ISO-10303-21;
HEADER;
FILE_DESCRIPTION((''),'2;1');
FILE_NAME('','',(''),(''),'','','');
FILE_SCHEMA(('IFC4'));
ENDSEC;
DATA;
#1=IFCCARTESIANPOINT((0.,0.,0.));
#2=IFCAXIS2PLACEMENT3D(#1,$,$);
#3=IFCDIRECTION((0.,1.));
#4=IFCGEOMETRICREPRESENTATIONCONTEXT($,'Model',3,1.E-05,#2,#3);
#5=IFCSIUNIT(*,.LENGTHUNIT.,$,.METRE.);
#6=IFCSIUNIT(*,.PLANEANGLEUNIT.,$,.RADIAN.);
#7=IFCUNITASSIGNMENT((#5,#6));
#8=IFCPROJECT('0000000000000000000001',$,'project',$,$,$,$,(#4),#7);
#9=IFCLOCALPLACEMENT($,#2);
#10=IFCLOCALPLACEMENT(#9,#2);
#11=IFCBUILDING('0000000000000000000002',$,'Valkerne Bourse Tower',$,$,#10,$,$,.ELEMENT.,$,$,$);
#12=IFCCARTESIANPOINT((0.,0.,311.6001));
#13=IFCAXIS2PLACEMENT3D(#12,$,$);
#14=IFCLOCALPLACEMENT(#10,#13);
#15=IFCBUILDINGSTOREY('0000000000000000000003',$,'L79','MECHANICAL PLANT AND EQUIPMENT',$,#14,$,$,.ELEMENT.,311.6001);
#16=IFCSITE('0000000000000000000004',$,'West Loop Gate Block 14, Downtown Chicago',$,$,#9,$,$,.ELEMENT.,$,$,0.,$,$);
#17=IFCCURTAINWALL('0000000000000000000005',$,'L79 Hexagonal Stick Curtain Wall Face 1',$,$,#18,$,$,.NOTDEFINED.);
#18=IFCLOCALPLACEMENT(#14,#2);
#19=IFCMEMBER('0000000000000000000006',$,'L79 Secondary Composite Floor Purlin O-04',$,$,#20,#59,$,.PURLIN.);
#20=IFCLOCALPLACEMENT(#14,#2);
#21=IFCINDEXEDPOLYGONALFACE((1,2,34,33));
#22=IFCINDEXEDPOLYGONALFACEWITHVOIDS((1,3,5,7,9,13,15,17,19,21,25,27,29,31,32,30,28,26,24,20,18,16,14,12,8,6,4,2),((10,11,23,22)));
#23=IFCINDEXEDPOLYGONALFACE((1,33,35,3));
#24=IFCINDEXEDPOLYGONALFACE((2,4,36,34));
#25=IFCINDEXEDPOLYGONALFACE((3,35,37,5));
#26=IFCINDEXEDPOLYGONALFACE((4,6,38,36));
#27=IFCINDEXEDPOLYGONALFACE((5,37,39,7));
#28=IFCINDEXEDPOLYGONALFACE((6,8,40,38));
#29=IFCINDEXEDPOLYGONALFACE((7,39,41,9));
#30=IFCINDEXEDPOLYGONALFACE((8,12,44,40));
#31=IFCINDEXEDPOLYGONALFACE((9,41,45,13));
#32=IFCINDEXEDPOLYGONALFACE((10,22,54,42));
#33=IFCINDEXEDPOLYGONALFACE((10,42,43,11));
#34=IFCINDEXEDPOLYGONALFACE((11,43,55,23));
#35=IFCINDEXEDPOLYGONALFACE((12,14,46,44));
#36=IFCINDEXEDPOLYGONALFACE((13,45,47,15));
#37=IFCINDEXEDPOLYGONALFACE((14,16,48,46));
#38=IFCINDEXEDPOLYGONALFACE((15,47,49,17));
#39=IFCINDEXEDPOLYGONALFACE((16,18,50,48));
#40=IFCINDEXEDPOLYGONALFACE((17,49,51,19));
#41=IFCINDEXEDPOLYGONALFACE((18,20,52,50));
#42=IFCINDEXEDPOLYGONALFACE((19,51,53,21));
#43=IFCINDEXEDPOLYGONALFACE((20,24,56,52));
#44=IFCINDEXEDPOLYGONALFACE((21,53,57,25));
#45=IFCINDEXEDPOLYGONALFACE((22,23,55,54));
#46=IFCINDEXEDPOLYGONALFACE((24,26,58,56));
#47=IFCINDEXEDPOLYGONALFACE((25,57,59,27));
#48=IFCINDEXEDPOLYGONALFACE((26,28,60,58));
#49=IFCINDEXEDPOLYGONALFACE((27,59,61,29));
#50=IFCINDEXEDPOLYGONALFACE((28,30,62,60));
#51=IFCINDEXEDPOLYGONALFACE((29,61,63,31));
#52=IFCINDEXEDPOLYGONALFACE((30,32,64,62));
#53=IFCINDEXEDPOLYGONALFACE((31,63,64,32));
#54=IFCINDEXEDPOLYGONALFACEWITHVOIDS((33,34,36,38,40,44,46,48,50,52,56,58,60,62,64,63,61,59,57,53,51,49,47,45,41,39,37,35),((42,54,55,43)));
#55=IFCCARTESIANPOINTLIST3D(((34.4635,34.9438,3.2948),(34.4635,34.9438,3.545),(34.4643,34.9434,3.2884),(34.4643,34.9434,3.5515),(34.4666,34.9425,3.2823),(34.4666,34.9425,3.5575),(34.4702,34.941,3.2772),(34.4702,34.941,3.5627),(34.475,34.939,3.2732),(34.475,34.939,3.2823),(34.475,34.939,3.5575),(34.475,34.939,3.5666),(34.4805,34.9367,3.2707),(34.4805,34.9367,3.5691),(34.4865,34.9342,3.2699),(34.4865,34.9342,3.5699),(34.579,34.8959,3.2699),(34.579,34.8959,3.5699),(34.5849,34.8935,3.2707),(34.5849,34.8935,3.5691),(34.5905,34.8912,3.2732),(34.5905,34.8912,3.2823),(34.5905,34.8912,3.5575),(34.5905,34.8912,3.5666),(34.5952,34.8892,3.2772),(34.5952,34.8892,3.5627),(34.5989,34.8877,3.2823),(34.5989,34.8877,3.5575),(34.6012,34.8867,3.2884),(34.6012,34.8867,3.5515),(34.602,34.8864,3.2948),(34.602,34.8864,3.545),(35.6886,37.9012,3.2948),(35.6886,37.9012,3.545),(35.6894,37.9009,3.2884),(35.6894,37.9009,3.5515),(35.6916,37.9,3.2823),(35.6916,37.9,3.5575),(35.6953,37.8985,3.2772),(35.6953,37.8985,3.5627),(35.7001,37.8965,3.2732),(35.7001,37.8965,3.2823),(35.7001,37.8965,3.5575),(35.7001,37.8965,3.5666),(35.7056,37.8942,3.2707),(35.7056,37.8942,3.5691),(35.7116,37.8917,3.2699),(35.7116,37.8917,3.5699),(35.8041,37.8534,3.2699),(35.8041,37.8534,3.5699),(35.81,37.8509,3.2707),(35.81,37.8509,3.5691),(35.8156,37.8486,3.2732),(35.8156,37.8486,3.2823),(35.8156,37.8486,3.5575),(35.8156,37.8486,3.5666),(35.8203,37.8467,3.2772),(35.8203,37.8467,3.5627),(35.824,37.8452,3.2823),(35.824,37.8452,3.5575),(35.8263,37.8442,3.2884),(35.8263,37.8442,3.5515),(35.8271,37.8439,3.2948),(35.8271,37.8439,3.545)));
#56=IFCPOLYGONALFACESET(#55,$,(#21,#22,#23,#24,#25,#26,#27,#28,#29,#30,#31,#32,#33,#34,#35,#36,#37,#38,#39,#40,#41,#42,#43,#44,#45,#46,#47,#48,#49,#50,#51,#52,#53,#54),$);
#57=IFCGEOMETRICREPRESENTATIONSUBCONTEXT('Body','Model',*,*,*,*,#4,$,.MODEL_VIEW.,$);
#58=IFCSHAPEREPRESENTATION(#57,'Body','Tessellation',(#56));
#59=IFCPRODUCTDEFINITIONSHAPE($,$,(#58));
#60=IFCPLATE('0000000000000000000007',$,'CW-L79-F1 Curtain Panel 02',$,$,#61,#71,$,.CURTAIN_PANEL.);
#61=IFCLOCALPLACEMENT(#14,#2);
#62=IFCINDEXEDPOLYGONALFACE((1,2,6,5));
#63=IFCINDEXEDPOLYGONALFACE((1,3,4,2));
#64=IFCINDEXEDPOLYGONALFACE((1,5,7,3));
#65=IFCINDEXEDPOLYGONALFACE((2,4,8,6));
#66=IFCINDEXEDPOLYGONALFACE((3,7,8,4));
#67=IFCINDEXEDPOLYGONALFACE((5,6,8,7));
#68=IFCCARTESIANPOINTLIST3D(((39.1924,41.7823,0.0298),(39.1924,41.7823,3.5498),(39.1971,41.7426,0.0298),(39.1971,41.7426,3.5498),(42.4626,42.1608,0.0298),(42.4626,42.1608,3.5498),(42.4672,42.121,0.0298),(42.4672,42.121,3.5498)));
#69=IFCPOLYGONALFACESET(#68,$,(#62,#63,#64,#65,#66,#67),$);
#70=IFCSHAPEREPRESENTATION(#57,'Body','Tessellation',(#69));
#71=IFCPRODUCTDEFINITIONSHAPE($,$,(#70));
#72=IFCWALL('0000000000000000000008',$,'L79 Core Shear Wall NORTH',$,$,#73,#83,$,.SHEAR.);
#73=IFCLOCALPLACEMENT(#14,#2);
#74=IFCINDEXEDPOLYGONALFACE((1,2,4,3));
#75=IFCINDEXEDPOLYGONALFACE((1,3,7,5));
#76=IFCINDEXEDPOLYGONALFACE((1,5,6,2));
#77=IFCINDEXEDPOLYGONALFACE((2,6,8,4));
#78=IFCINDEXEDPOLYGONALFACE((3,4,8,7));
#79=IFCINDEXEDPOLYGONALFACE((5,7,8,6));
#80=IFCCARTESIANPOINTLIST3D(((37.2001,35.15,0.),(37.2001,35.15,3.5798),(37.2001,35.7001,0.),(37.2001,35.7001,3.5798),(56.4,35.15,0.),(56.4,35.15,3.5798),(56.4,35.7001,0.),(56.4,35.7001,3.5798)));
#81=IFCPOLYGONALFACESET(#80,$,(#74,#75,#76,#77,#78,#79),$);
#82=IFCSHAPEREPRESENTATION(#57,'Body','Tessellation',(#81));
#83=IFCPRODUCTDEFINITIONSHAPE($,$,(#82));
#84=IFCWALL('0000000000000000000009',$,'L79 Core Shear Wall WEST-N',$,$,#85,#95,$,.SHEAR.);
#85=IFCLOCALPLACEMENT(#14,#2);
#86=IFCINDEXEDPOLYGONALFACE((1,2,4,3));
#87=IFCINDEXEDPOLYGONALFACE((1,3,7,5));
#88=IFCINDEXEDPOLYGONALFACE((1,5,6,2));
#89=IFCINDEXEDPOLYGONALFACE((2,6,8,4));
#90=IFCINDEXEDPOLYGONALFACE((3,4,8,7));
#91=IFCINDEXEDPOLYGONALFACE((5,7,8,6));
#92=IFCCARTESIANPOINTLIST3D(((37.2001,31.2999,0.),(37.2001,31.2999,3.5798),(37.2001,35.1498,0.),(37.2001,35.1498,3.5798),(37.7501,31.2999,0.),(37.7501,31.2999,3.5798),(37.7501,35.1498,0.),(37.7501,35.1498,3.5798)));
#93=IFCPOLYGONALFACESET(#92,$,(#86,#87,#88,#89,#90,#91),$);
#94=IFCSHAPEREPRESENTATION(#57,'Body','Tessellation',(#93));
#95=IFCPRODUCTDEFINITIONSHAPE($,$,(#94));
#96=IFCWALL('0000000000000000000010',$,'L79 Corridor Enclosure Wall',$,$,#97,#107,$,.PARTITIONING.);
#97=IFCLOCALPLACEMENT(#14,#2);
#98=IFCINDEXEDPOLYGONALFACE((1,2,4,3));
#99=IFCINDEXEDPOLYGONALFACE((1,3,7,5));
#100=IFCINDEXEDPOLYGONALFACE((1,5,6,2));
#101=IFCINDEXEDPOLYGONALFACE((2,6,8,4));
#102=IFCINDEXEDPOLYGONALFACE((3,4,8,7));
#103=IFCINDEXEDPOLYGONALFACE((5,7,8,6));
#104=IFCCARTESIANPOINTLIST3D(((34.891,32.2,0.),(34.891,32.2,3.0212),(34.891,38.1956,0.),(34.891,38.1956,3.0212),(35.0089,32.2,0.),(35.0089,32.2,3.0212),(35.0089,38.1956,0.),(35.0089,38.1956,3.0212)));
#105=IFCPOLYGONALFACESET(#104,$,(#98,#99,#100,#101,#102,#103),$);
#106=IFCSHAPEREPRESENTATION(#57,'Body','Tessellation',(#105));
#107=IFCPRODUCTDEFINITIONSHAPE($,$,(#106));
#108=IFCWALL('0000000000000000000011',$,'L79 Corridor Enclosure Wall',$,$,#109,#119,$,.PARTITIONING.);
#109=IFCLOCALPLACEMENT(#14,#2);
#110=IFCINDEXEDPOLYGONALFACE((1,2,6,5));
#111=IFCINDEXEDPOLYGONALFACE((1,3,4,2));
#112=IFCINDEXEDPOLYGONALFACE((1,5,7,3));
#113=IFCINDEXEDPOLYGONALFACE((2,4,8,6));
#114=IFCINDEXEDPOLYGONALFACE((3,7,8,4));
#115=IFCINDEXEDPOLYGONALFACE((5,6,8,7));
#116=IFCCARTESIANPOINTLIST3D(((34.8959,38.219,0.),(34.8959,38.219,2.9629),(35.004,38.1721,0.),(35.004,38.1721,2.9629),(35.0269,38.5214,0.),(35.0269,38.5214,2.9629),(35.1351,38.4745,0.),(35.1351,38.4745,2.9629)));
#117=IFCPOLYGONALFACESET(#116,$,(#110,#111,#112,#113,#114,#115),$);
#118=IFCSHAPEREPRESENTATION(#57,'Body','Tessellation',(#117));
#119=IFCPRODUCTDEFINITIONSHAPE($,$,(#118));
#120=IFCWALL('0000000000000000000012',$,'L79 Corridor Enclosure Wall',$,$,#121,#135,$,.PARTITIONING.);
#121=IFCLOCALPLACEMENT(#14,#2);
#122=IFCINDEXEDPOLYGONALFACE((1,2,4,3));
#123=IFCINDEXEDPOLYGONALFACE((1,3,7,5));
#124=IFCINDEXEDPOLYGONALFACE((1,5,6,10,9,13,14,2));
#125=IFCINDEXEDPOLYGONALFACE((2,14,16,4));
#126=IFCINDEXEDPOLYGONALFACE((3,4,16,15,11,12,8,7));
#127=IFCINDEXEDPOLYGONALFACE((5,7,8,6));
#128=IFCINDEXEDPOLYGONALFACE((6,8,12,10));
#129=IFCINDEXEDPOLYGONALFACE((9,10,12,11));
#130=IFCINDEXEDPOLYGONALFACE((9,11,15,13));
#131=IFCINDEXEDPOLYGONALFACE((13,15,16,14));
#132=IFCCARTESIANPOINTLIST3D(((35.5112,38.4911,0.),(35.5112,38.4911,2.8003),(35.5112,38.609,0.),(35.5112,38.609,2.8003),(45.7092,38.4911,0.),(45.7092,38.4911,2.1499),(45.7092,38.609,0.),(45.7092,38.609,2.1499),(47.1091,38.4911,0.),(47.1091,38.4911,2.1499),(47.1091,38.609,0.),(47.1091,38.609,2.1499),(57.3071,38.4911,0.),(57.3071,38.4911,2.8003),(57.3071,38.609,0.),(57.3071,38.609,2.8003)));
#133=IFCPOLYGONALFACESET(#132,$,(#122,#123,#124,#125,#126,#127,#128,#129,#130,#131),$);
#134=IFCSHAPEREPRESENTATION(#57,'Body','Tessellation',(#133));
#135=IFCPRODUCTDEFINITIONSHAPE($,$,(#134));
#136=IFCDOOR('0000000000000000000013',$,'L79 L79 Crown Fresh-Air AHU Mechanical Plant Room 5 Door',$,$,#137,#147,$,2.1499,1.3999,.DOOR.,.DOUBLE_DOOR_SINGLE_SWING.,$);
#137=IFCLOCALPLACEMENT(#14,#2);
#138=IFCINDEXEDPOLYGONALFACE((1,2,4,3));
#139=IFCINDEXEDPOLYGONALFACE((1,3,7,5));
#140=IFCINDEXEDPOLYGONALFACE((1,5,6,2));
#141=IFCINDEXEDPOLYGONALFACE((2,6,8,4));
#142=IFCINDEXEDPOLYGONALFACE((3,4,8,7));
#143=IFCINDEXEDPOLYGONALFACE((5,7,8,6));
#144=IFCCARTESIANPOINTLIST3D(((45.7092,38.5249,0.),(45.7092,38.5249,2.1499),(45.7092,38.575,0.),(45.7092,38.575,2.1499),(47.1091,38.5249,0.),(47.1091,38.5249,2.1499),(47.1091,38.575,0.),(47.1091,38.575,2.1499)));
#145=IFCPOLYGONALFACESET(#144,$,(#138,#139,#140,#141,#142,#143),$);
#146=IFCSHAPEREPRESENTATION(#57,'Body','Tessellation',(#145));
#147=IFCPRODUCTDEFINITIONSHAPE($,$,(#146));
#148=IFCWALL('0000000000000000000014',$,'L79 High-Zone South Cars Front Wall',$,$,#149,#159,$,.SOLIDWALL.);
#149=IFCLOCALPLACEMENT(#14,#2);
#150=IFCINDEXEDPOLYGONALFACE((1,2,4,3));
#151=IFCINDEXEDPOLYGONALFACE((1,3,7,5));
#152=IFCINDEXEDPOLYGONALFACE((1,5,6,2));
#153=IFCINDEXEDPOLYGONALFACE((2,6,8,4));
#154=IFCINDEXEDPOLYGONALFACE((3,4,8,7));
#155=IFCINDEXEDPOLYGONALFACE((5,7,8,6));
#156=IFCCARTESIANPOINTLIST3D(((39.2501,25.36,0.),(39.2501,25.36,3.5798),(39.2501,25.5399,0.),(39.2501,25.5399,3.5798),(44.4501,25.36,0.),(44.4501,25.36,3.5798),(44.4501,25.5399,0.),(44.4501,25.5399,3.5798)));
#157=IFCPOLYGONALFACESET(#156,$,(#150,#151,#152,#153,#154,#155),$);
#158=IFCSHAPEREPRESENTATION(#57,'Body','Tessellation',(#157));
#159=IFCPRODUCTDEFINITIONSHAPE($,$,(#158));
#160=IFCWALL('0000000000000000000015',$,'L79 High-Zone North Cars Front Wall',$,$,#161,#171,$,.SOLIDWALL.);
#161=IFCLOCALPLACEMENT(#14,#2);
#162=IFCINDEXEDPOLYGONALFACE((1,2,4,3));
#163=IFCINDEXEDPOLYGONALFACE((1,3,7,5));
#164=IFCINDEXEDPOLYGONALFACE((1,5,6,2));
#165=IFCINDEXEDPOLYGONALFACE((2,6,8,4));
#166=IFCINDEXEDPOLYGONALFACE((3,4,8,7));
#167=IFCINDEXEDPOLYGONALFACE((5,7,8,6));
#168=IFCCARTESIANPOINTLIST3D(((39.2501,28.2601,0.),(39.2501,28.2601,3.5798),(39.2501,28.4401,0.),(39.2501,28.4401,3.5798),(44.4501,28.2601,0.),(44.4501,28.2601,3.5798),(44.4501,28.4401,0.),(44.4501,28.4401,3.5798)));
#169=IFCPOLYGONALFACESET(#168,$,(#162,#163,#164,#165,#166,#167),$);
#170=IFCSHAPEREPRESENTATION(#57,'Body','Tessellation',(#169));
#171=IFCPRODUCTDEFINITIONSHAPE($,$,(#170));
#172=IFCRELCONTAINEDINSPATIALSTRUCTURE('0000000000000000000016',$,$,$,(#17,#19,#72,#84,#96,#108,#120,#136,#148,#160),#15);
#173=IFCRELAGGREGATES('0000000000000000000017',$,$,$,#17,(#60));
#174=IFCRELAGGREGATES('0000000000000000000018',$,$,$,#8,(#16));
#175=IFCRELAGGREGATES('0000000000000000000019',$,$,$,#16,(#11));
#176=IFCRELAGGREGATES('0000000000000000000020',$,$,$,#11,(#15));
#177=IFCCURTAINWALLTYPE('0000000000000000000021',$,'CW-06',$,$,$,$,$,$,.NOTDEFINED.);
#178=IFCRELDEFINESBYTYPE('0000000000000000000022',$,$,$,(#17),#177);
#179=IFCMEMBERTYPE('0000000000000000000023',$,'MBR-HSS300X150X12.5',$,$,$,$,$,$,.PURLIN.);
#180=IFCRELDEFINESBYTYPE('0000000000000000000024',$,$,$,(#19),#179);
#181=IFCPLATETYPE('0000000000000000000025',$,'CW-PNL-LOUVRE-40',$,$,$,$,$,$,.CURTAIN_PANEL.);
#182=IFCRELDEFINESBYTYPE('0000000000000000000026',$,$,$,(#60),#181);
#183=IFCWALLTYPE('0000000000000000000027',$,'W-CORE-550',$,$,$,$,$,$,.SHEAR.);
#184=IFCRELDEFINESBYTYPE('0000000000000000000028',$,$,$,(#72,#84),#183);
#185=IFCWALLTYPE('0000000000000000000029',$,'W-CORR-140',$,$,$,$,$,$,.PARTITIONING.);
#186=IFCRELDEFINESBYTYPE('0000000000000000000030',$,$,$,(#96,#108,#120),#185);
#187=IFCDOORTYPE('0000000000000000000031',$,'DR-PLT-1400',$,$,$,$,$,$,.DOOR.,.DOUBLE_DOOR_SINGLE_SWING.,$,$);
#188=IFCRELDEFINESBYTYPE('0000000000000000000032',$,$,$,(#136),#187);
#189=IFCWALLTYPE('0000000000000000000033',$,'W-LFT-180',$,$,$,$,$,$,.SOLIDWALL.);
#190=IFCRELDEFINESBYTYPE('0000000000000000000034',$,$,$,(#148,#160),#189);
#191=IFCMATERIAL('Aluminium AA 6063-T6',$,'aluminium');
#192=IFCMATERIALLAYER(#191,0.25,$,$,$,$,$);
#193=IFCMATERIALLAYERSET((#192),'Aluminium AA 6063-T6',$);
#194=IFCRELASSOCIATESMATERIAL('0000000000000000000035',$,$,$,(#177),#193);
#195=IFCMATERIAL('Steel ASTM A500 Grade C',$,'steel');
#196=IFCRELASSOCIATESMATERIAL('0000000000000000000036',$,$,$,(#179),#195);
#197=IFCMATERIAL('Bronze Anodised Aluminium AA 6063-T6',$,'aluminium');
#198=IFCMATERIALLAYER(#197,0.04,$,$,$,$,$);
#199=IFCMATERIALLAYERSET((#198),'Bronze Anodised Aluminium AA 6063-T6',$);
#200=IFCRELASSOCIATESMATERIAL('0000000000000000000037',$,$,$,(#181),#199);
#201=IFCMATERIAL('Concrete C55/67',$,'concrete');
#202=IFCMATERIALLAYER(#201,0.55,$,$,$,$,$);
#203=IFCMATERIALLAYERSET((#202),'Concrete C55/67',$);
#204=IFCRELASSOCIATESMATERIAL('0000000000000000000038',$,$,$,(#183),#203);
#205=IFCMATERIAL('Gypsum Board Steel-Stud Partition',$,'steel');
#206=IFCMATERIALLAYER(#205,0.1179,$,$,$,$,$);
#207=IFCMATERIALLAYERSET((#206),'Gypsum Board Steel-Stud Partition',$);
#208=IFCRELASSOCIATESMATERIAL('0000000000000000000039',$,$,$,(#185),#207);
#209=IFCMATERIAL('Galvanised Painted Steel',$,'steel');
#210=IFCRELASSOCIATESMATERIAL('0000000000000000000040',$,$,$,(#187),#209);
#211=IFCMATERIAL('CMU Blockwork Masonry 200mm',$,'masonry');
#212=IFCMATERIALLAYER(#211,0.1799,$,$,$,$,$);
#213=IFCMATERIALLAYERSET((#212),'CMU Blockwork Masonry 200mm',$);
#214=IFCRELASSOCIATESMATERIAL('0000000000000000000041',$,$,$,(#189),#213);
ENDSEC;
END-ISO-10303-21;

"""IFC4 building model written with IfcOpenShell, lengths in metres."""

from ifc_helpers import new_model, si_unit, direction, frame, frame_2d, origin, origin_2d, place, context, subcontext, project, spatial, rectangle, hollow_rectangle, extrude, material, layer, layer_set, material_profile, profile_set, type_object, element, fill, aggregate, save


model = new_model("IFC4")

# Units and contexts
model_context = context("Model", 3, precision=1e-05, world=origin(), true_north=direction((0.0, 1.0)))
body_context = subcontext(model_context, "Body", "Model", "MODEL_VIEW")
ifc_project = project(units=[si_unit("LENGTHUNIT", "METRE"), si_unit("PLANEANGLEUNIT", "RADIAN")], contexts=[model_context])

# Site, building, storey
site_placement = place(None, origin())
site = spatial("IfcSite", under=ifc_project, at=site_placement, Name="West Loop Gate Block 14, Downtown Chicago", CompositionType="ELEMENT", RefElevation=0.0)
building_placement = place(site_placement, origin())
building = spatial("IfcBuilding", under=site, at=building_placement, Name="Valkerne Bourse Tower", CompositionType="ELEMENT")
storey_placement = place(building_placement, frame((0.0, 0.0, 311.6001)))
storey = spatial("IfcBuildingStorey", under=building, at=storey_placement, Name="L79", Description="MECHANICAL PLANT AND EQUIPMENT", CompositionType="ELEMENT", Elevation=311.6001)

# Shared definitions
ifc_material_1 = material(Name="Steel ASTM A500 Grade C", Category="steel")

# Curtain wall
ifc_material_2 = material(Name="Aluminium AA 6063-T6", Category="aluminium")
ifc_layer_1 = layer(ifc_material_2, 0.25)
ifc_layer_set_1 = layer_set([ifc_layer_1], Name="Aluminium AA 6063-T6")
curtain_wall_type = type_object("IfcCurtainWallType", Name="CW-06", PredefinedType="NOTDEFINED", material=ifc_layer_set_1)
curtain_wall_1_placement = place(storey_placement, origin())
curtain_wall_1 = element("IfcCurtainWall", 1, at=curtain_wall_1_placement, inside=storey, type_object=curtain_wall_type, Name="L79 Hexagonal Stick Curtain Wall Face 1", PredefinedType="NOTDEFINED")

# Member
ifc_material_profile_1 = material_profile(ifc_material_1, hollow_rectangle(XDim=0.1499, YDim=0.3, WallThickness=0.0125, OuterFilletRadius=0.0249, at=origin_2d()), Name="HSS300X150X12.5")
ifc_profile_set_1 = profile_set([ifc_material_profile_1], Name="Steel ASTM A500 Grade C")
member_type_1 = type_object("IfcMemberType", Name="MBR-HSS300X150X12.5", PredefinedType="PURLIN", material=ifc_profile_set_1)
member_1_placement = place(storey_placement, frame((35.7578, 37.8726, 3.4199), z_axis=(-0.382698, -0.923874, 0.0), x_axis=(0.923874, -0.382698, 0.0)))
element("IfcMember", 2, at=member_1_placement, inside=storey, type_object=member_type_1, Name="L79 Secondary Composite Floor Purlin O-04", PredefinedType="PURLIN", context=body_context, shape_type="SweptSolid", body=[
    extrude(hollow_rectangle(XDim=0.1499, YDim=0.3, WallThickness=0.0125, OuterFilletRadius=0.0249, at=origin_2d()), origin(), (0.0, 0.0, 1.0), 3.2012),
])

# Plate
ifc_material_3 = material(Name="Bronze Anodised Aluminium AA 6063-T6", Category="aluminium")
ifc_layer_2 = layer(ifc_material_3, 0.04)
ifc_layer_set_2 = layer_set([ifc_layer_2], Name="Bronze Anodised Aluminium AA 6063-T6")
plate_type = type_object("IfcPlateType", Name="CW-PNL-LOUVRE-40", PredefinedType="CURTAIN_PANEL", material=ifc_layer_set_2)
plate_placement = place(storey_placement, frame((40.8298, 41.9517, 0.0298), z_axis=(0.0, 0.0, 1.0), x_axis=(-0.993371, -0.114957, 0.0)))
plate = element("IfcPlate", 3, at=plate_placement, type_object=plate_type, Name="CW-L79-F1 Curtain Panel 02", PredefinedType="CURTAIN_PANEL", context=body_context, shape_type="SweptSolid", body=[
    extrude(rectangle(XDim=3.292, YDim=0.04, at=origin_2d()), origin(), (0.0, 0.0, 1.0), 3.52),
])
aggregate(curtain_wall_1, [plate])

# Walls
ifc_material_4 = material(Name="Concrete C55/67", Category="concrete")
ifc_layer_3 = layer(ifc_material_4, 0.55)
ifc_layer_set_3 = layer_set([ifc_layer_3], Name="Concrete C55/67")
wall_type_1 = type_object("IfcWallType", Name="W-CORE-550", PredefinedType="SHEAR", material=ifc_layer_set_3)
wall_1_placement = place(storey_placement, frame((37.2, 35.425, 0.0), z_axis=(0.0, 0.0, 1.0), x_axis=(1.0, 0.0, 0.0)))
element("IfcWall", 4, at=wall_1_placement, inside=storey, type_object=wall_type_1, Name="L79 Core Shear Wall NORTH", PredefinedType="SHEAR", context=body_context, shape_type="SweptSolid", body=[
    extrude(rectangle(XDim=19.2, YDim=0.55, at=frame_2d((9.6001, 0.0))), origin(), (0.0, 0.0, 1.0), 3.5798),
])
wall_2_placement = place(storey_placement, frame((37.4751, 31.3, 0.0), z_axis=(0.0, 0.0, 1.0), x_axis=(0.0, 1.0, 0.0)))
element("IfcWall", 5, at=wall_2_placement, inside=storey, type_object=wall_type_1, Name="L79 Core Shear Wall WEST-N", PredefinedType="SHEAR", context=body_context, shape_type="SweptSolid", body=[
    extrude(rectangle(XDim=3.8499, YDim=0.55, at=frame_2d((1.9248, 0.0))), origin(), (0.0, 0.0, 1.0), 3.5798),
])
ifc_material_5 = material(Name="Gypsum Board Steel-Stud Partition", Category="steel")
ifc_layer_4 = layer(ifc_material_5, 0.1179)
ifc_layer_set_4 = layer_set([ifc_layer_4], Name="Gypsum Board Steel-Stud Partition")
wall_type_2 = type_object("IfcWallType", Name="W-CORR-140", PredefinedType="PARTITIONING", material=ifc_layer_set_4)
wall_3_placement = place(storey_placement, frame((34.95, 32.2, 0.0), z_axis=(0.0, 0.0, 1.0), x_axis=(0.0, 1.0, 0.0)))
element("IfcWall", 6, at=wall_3_placement, inside=storey, type_object=wall_type_2, Name="L79 Corridor Enclosure Wall", PredefinedType="PARTITIONING", context=body_context, shape_type="SweptSolid", body=[
    extrude(rectangle(XDim=5.9956, YDim=0.1179, at=frame_2d((2.9978, 0.0))), origin(), (0.0, 0.0, 1.0), 3.0212),
])
wall_4_placement = place(storey_placement, frame((34.95, 38.1956, 0.0), z_axis=(0.0, 0.0, 1.0), x_axis=(0.39767, 0.917529, 0.0)))
element("IfcWall", 7, at=wall_4_placement, inside=storey, type_object=wall_type_2, Name="L79 Corridor Enclosure Wall", PredefinedType="PARTITIONING", context=body_context, shape_type="SweptSolid", body=[
    extrude(rectangle(XDim=0.3296, YDim=0.1179, at=frame_2d((0.1648, 0.0))), origin(), (0.0, 0.0, 1.0), 2.9629),
])

# Wall, opening, door
wall_5_placement = place(storey_placement, frame((35.5112, 38.55, 0.0), z_axis=(0.0, 0.0, 1.0), x_axis=(1.0, 0.0, 0.0)))
wall_5 = element("IfcWall", 8, at=wall_5_placement, inside=storey, type_object=wall_type_2, Name="L79 Corridor Enclosure Wall", PredefinedType="PARTITIONING", context=body_context, shape_type="SweptSolid", body=[
    extrude(rectangle(XDim=21.7959, YDim=0.1179, at=frame_2d((10.8979, 0.0))), origin(), (0.0, 0.0, 1.0), 2.8003),
])
opening_placement = place(wall_5_placement, frame((10.198, 0.0, 0.0)))
opening = element("IfcOpeningElement", 9, at=opening_placement, cuts=wall_5, PredefinedType="OPENING", context=body_context, shape_type="SweptSolid", body=[
    extrude(rectangle(XDim=1.3999, YDim=2.1499, at=frame_2d((0.7, 1.075))), frame((0.0, 0.0688, 0.0), z_axis=(0.0, -1.0, 0.0), x_axis=(1.0, 0.0, 0.0)), (0.0, 0.0, 1.0), 0.1379),
])
ifc_material_6 = material(Name="Galvanised Painted Steel", Category="steel")
door_type = type_object("IfcDoorType", Name="DR-PLT-1400", OperationType="DOUBLE_DOOR_SINGLE_SWING", PredefinedType="DOOR", material=ifc_material_6)
door_placement = place(opening_placement, origin())
door = element("IfcDoor", 10, at=door_placement, inside=storey, type_object=door_type, Name="L79 L79 Crown Fresh-Air AHU Mechanical Plant Room 5 Door", OperationType="DOUBLE_DOOR_SINGLE_SWING", OverallHeight=2.1499, OverallWidth=1.3999, PredefinedType="DOOR", context=body_context, shape_type="SweptSolid", body=[
    extrude(rectangle(XDim=1.3999, YDim=2.1499, at=frame_2d((0.7, 1.075))), frame((0.0, 0.0249, 0.0), z_axis=(0.0, -1.0, 0.0), x_axis=(1.0, 0.0, 0.0)), (0.0, 0.0, 1.0), 0.05),
])
fill(opening, door)

# Walls
ifc_material_7 = material(Name="CMU Blockwork Masonry 200mm", Category="masonry")
ifc_layer_5 = layer(ifc_material_7, 0.1799)
ifc_layer_set_5 = layer_set([ifc_layer_5], Name="CMU Blockwork Masonry 200mm")
wall_type_3 = type_object("IfcWallType", Name="W-LFT-180", PredefinedType="SOLIDWALL", material=ifc_layer_set_5)
for number, where, z_axis, x_axis, name in (
    (11, (39.25, 25.45, 0.0), (0.0, 0.0, 1.0), (1.0, 0.0, 0.0), "L79 High-Zone South Cars Front Wall"),
    (12, (39.25, 28.3501, 0.0), (0.0, 0.0, 1.0), (1.0, 0.0, 0.0), "L79 High-Zone North Cars Front Wall"),
):
    element("IfcWall", number, at=place(storey_placement, frame(where, z_axis=z_axis, x_axis=x_axis)), inside=storey, type_object=wall_type_3, Name=name, PredefinedType="SOLIDWALL", context=body_context, shape_type="SweptSolid", body=[
        extrude(rectangle(XDim=5.2, YDim=0.1799, at=frame_2d((2.6001, 0.0))), origin(), (0.0, 0.0, 1.0), 3.5798),
    ])

save(model, "model.ifc")
